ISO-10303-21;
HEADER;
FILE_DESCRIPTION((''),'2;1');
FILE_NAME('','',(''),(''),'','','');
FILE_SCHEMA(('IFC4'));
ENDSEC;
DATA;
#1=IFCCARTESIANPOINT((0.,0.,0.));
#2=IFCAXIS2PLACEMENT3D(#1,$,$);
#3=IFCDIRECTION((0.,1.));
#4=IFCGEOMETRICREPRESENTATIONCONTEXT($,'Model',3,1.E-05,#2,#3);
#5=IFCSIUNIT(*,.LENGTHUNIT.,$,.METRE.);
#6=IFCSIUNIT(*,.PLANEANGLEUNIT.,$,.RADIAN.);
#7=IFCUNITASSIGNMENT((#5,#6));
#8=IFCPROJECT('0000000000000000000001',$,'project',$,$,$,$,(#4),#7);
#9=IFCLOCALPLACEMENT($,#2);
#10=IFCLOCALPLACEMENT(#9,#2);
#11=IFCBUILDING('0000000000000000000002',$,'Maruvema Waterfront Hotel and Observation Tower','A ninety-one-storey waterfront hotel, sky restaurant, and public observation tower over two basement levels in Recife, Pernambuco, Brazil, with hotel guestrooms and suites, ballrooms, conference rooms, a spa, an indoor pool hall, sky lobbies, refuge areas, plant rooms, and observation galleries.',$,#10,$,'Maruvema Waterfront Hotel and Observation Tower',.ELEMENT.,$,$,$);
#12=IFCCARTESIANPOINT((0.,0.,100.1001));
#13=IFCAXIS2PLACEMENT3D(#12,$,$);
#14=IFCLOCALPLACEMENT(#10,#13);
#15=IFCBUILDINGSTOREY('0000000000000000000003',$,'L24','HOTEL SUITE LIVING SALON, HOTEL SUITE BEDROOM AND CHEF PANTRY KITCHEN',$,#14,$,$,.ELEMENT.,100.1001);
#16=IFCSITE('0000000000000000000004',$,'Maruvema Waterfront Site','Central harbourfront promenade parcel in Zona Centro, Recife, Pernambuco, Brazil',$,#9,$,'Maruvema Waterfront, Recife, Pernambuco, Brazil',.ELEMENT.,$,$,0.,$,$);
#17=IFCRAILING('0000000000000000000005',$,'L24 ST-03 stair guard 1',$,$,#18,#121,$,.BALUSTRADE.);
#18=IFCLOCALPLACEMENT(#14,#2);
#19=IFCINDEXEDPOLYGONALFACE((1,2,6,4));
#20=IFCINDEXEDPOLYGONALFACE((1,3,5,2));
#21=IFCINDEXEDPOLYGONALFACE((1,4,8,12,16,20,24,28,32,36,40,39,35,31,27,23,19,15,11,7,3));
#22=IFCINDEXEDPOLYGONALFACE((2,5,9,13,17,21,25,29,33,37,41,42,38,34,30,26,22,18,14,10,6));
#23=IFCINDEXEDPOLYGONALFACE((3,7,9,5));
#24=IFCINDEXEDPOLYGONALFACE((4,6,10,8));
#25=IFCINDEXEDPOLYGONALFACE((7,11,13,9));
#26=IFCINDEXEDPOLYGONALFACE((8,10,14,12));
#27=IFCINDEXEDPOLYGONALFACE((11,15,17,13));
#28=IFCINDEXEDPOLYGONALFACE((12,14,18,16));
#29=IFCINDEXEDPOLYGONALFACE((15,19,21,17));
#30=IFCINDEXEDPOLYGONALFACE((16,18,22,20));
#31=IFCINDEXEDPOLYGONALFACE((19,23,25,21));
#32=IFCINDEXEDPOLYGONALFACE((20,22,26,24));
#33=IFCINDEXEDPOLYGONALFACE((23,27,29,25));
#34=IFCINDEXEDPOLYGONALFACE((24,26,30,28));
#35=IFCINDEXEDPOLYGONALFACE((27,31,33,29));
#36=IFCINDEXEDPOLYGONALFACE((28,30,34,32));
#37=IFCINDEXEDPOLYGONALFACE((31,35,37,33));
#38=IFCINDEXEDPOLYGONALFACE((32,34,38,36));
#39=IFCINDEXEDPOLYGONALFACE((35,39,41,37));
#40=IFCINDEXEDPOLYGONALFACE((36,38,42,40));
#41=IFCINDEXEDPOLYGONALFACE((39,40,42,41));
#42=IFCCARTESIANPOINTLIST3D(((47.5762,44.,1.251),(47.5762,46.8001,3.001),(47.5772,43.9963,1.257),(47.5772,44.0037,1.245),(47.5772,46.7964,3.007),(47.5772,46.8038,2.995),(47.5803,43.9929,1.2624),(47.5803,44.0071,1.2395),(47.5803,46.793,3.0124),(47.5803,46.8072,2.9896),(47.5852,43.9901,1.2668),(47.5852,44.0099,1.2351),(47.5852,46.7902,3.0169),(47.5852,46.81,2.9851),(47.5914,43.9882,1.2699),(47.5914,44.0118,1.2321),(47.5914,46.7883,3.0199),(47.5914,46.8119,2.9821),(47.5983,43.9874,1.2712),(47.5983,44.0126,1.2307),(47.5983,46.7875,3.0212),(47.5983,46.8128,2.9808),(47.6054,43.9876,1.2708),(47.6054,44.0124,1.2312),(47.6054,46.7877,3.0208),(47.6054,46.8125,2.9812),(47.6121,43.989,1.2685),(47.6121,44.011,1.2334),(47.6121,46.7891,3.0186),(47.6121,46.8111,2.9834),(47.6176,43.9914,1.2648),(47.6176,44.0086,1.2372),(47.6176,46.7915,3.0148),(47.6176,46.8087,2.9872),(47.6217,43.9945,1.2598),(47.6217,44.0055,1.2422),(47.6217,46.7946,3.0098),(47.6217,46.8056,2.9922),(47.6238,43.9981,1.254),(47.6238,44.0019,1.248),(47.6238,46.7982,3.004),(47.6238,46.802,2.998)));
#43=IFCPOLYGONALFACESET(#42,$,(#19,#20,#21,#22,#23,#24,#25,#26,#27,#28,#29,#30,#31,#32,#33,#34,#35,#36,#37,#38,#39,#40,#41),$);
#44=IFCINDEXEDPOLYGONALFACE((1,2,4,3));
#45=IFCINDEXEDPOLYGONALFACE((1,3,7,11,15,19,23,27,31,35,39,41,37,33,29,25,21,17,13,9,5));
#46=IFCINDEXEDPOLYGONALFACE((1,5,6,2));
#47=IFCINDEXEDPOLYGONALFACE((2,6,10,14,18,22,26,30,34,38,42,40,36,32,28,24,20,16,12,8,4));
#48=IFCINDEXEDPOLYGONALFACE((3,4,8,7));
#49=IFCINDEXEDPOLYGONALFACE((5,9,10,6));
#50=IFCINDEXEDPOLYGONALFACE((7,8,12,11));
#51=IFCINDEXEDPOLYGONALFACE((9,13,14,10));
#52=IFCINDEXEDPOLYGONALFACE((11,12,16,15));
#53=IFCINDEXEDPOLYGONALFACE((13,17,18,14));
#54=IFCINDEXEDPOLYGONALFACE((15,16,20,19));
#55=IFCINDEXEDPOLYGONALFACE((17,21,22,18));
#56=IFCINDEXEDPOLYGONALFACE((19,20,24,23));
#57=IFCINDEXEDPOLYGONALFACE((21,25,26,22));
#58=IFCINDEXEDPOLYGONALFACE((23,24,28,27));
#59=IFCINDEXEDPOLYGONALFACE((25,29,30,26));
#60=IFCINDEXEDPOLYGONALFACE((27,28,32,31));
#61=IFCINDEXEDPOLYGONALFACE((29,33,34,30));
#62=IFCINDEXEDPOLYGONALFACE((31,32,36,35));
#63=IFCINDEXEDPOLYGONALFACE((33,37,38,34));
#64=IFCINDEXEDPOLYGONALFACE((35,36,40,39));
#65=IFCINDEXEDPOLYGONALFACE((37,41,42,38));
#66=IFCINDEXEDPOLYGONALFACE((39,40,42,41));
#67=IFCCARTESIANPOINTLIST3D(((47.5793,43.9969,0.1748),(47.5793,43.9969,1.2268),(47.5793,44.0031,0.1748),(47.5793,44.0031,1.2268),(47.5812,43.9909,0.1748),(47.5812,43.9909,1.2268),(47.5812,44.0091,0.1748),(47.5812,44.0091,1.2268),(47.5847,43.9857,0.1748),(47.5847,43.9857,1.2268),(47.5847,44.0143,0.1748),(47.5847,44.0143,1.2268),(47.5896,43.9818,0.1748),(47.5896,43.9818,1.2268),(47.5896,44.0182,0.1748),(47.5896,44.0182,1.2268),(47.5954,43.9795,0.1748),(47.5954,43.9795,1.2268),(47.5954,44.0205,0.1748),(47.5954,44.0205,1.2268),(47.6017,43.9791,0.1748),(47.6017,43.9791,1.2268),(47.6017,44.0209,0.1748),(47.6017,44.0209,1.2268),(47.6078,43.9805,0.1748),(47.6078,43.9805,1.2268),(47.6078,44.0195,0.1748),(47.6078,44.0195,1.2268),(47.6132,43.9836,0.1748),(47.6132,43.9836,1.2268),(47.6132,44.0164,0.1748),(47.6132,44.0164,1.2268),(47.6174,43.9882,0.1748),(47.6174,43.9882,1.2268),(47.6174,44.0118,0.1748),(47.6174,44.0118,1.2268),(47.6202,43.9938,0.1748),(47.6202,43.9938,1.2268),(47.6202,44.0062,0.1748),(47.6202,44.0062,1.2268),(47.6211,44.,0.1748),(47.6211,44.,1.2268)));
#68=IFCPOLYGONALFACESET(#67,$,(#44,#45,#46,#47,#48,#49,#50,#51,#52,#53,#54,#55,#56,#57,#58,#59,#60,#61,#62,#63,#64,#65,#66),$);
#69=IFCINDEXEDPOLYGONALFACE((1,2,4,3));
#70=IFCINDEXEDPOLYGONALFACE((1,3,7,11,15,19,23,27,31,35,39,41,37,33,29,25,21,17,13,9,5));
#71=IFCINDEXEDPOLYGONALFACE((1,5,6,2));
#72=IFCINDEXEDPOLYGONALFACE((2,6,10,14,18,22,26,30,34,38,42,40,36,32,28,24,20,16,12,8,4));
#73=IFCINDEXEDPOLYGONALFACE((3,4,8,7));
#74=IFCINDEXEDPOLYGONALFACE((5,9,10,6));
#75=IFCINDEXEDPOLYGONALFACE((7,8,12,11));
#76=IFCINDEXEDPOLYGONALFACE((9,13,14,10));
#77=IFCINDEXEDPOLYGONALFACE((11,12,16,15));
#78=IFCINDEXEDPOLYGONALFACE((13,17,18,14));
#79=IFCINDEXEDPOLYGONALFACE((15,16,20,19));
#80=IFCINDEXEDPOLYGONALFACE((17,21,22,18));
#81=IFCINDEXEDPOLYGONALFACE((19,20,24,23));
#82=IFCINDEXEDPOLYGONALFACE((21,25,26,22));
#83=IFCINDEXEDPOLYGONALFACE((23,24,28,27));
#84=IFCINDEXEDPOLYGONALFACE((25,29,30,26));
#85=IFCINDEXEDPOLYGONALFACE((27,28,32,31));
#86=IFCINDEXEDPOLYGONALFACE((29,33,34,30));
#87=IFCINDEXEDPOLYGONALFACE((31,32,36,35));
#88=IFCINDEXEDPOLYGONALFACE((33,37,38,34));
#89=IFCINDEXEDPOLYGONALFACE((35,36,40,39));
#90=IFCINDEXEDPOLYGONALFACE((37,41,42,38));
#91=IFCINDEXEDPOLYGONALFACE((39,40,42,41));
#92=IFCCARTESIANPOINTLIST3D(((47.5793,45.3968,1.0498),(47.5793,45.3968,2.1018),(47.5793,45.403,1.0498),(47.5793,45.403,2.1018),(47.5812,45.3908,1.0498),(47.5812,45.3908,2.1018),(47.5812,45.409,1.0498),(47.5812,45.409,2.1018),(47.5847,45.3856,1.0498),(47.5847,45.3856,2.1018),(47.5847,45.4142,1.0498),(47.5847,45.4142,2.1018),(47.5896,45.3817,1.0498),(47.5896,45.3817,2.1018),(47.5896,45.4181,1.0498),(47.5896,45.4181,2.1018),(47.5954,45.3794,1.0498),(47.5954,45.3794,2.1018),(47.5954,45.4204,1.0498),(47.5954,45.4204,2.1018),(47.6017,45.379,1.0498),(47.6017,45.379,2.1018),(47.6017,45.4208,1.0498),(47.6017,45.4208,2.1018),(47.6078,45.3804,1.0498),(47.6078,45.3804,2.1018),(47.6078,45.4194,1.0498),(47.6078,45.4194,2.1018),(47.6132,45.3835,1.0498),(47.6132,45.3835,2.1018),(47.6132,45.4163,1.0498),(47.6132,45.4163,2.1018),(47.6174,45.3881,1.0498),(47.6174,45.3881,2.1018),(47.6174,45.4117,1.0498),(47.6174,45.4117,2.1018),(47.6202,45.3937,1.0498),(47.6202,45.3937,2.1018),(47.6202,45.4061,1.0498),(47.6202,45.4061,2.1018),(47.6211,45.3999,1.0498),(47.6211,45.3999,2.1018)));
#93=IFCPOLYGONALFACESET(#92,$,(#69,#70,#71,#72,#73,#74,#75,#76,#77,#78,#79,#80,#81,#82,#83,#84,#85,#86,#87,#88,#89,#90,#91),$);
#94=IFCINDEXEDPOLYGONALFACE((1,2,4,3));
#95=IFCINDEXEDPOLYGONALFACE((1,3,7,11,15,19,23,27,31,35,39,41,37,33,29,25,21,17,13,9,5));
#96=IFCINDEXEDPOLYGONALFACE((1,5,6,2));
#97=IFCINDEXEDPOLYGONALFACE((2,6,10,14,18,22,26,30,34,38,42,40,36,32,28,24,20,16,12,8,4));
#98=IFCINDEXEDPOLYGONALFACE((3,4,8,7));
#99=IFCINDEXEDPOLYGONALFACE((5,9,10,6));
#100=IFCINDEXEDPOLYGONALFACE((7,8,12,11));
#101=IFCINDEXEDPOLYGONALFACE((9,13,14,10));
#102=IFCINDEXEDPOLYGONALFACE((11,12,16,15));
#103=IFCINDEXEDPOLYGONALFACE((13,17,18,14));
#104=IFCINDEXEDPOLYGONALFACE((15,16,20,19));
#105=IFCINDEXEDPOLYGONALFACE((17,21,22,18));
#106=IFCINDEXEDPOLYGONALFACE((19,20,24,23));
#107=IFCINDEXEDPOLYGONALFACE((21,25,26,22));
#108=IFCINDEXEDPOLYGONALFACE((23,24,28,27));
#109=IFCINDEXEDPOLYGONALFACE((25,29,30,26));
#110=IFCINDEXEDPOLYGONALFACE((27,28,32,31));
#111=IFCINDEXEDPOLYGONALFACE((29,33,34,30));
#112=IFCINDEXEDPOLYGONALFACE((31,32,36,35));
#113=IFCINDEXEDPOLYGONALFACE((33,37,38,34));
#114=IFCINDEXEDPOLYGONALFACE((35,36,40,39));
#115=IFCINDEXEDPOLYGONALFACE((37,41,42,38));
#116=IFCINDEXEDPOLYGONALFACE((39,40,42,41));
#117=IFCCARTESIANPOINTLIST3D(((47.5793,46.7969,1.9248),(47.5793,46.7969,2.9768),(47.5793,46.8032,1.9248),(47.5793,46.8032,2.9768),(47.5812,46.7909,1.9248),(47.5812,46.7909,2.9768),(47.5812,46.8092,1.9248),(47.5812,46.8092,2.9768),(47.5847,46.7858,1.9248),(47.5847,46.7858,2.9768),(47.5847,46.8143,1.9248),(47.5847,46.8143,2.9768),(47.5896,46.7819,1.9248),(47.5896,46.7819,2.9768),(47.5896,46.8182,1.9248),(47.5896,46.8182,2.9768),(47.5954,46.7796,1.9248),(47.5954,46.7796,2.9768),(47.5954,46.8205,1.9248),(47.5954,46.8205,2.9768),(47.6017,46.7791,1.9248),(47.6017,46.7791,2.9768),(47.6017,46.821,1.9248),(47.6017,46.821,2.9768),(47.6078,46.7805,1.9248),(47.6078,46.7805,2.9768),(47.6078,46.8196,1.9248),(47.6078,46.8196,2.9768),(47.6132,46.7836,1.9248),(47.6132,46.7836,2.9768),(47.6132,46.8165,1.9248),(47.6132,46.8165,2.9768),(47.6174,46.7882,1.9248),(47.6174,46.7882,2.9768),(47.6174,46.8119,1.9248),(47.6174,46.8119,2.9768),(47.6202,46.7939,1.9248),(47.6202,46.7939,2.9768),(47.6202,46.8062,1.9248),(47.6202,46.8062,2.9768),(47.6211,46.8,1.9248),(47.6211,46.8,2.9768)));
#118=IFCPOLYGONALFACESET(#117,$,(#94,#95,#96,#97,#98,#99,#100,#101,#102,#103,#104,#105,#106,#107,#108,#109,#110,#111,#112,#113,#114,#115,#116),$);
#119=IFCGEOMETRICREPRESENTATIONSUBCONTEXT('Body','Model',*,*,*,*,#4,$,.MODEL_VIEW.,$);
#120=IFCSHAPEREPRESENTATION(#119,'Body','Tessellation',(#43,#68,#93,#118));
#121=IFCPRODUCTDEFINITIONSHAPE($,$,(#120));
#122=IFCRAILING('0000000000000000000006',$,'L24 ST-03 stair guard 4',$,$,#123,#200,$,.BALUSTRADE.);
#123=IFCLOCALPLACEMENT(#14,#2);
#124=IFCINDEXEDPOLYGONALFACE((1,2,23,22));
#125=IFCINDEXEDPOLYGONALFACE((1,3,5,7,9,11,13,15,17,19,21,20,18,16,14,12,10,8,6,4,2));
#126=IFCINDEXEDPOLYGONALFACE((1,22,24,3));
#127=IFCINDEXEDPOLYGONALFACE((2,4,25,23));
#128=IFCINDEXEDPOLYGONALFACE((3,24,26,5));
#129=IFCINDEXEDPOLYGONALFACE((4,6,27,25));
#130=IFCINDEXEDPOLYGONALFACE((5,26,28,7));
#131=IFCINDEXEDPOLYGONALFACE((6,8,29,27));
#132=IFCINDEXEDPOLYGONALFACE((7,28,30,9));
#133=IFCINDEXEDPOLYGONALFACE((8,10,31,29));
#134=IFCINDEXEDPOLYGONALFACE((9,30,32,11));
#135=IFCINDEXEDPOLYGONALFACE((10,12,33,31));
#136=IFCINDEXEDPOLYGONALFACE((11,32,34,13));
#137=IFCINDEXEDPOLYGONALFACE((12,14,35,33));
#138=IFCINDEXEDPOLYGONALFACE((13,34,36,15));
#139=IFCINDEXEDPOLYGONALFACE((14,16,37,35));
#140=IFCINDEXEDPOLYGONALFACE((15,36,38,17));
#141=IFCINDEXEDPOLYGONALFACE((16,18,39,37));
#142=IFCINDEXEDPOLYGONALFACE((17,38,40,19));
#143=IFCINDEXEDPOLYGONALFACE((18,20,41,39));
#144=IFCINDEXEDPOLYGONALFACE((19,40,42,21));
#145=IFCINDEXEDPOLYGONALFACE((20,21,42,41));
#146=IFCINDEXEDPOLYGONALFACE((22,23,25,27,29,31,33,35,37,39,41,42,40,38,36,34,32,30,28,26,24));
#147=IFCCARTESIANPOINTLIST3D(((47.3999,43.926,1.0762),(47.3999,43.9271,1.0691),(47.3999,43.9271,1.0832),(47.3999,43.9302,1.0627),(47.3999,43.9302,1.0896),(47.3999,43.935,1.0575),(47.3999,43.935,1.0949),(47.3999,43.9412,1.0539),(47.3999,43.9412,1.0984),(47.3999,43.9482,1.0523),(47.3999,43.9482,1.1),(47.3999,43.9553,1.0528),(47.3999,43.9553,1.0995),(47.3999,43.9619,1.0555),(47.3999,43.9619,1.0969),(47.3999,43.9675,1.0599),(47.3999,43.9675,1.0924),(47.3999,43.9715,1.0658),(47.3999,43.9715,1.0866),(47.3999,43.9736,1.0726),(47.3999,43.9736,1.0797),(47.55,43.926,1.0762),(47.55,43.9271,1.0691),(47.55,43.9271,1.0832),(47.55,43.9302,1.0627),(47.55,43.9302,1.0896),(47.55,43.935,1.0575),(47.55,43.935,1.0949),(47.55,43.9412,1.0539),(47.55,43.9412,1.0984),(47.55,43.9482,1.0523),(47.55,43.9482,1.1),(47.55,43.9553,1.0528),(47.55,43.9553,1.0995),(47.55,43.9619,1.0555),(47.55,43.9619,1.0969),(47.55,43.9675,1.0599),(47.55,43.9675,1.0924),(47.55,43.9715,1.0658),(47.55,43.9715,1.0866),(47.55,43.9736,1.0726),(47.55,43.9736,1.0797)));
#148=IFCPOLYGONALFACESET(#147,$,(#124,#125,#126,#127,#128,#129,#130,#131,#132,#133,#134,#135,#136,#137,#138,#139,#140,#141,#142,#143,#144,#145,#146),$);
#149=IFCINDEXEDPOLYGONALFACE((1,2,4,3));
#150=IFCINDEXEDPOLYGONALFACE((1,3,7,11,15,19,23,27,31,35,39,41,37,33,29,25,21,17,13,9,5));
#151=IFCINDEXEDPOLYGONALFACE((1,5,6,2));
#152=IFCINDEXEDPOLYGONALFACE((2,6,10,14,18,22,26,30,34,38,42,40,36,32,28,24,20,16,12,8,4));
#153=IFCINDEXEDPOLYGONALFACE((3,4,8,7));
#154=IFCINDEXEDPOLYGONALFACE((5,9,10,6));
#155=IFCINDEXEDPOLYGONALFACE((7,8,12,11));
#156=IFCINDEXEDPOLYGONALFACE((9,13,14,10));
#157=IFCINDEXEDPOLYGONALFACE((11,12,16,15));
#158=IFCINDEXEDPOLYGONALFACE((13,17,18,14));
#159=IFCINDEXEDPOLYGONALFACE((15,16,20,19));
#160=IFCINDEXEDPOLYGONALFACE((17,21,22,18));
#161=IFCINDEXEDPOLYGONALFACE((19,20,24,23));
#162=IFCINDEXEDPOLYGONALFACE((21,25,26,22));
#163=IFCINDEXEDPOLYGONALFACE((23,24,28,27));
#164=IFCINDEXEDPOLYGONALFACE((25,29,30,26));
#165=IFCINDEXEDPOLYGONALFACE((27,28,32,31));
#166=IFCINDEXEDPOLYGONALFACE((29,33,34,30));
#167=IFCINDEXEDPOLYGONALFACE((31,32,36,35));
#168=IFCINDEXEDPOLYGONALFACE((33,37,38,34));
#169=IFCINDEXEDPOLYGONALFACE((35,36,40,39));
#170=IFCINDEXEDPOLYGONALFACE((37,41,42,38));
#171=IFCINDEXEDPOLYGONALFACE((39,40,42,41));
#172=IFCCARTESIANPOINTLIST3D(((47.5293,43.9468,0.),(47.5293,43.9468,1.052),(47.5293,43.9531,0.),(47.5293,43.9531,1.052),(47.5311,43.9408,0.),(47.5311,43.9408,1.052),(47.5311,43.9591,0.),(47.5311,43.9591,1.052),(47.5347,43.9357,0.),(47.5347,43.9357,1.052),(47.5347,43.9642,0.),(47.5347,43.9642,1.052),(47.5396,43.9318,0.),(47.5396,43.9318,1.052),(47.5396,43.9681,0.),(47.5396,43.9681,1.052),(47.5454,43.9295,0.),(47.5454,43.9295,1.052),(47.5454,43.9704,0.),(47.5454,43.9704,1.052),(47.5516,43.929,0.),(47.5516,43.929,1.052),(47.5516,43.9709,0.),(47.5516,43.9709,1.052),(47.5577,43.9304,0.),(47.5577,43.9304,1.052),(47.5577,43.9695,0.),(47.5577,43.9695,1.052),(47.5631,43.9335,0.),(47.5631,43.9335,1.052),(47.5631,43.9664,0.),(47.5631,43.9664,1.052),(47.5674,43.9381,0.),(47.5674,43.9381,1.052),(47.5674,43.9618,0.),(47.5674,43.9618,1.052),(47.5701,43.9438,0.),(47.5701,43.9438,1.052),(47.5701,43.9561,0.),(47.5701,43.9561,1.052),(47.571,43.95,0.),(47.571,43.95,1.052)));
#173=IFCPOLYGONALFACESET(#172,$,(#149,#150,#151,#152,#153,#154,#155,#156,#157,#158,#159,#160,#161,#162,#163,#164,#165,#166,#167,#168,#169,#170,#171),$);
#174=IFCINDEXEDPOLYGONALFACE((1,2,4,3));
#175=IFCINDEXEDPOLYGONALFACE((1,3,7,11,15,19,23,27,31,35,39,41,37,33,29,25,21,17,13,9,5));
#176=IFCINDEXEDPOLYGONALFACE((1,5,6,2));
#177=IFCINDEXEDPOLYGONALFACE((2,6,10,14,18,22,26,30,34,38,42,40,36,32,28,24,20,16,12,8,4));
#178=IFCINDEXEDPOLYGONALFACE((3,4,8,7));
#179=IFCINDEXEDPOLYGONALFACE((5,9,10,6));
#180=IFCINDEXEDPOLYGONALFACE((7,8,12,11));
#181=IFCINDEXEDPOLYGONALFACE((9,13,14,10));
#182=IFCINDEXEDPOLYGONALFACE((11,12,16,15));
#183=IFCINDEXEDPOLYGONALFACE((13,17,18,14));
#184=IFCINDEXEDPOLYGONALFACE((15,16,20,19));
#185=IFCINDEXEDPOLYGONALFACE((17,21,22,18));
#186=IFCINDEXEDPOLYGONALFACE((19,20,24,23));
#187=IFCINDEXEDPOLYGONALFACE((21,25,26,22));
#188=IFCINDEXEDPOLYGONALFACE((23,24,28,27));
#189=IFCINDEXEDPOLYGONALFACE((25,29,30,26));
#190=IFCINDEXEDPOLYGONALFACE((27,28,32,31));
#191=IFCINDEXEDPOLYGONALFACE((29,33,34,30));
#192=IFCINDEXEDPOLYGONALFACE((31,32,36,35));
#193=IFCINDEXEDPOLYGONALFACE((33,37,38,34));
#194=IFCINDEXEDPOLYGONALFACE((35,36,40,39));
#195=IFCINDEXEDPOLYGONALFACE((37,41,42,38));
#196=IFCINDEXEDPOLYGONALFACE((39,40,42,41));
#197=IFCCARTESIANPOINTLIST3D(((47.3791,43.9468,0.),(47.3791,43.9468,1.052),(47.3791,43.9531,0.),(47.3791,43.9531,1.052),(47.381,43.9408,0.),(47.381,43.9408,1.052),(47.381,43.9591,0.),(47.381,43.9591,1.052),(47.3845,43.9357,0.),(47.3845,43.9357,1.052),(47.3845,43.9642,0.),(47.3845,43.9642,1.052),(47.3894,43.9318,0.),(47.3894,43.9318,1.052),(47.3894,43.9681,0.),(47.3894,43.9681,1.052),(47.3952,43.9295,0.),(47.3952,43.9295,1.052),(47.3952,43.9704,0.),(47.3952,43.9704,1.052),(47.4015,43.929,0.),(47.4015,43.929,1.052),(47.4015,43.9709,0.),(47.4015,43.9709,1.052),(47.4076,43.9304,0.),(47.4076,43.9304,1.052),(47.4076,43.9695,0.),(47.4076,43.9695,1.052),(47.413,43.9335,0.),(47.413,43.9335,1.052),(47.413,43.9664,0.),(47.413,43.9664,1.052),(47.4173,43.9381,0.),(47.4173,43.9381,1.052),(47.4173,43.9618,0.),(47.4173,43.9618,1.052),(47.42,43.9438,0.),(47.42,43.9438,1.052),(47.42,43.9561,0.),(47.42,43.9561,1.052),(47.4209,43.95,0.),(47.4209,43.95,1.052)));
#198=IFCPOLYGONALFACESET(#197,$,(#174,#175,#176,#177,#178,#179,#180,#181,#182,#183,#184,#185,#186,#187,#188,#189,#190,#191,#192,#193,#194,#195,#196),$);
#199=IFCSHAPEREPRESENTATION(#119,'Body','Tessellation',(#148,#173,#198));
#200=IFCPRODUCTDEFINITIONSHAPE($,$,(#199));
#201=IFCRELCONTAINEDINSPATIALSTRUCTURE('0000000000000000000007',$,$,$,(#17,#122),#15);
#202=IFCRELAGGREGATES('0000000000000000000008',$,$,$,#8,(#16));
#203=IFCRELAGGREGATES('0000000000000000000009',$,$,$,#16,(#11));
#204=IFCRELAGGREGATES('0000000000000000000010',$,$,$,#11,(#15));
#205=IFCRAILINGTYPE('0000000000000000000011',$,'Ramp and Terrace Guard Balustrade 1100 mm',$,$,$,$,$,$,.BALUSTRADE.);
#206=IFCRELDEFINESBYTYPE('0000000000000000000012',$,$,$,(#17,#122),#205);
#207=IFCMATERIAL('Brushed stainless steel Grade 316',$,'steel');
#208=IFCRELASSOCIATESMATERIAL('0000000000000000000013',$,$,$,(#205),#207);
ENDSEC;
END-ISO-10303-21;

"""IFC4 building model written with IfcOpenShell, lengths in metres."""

from ifc_helpers import new_model, si_unit, direction, frame, origin, origin_2d, place, context, subcontext, project, spatial, circle, extrude, material, type_object, element, save


model = new_model("IFC4")

# Units and contexts
model_context = context("Model", 3, precision=1e-05, world=origin(), true_north=direction((0.0, 1.0)))
body_context = subcontext(model_context, "Body", "Model", "MODEL_VIEW")
ifc_project = project(units=[si_unit("LENGTHUNIT", "METRE"), si_unit("PLANEANGLEUNIT", "RADIAN")], contexts=[model_context])

# Site, building, storey
site_placement = place(None, origin())
site = spatial("IfcSite", under=ifc_project, at=site_placement, Name="Maruvema Waterfront Site", Description="Central harbourfront promenade parcel in Zona Centro, Recife, Pernambuco, Brazil", LongName="Maruvema Waterfront, Recife, Pernambuco, Brazil", CompositionType="ELEMENT", RefElevation=0.0)
building_placement = place(site_placement, origin())
building = spatial("IfcBuilding", under=site, at=building_placement, Name="Maruvema Waterfront Hotel and Observation Tower", Description="A ninety-one-storey waterfront hotel, sky restaurant, and public observation tower over two basement levels in Recife, Pernambuco, Brazil, with hotel guestrooms and suites, ballrooms, conference rooms, a spa, an indoor pool hall, sky lobbies, refuge areas, plant rooms, and observation galleries.", LongName="Maruvema Waterfront Hotel and Observation Tower", CompositionType="ELEMENT")
storey_placement = place(building_placement, frame((0.0, 0.0, 100.1001)))
storey = spatial("IfcBuildingStorey", under=building, at=storey_placement, Name="L24", Description="HOTEL SUITE LIVING SALON, HOTEL SUITE BEDROOM AND CHEF PANTRY KITCHEN", CompositionType="ELEMENT", Elevation=100.1001)

# Railings
ifc_material_1 = material(Name="Brushed stainless steel Grade 316", Category="steel")
railing_type_1 = type_object("IfcRailingType", Name="Ramp and Terrace Guard Balustrade 1100 mm", PredefinedType="BALUSTRADE", material=ifc_material_1)
railing_1_placement = place(storey_placement, frame((47.6001, 44.0, 0.1748)))
element("IfcRailing", 1, at=railing_1_placement, inside=storey, type_object=railing_type_1, Name="L24 ST-03 stair guard 1", PredefinedType="BALUSTRADE", context=body_context, shape_type="SweptSolid", body=[
    extrude(circle(Radius=0.0239, at=origin_2d()), frame((0.0, 0.0, 1.0762), z_axis=(0.0, 0.848002, 0.529992), x_axis=(-1.0, 0.0, 0.0)), (0.0, 0.0, 1.0), 3.302),
    extrude(circle(Radius=0.021, at=origin_2d()), origin(), (0.0, 0.0, 1.0), 1.052),
    extrude(circle(Radius=0.021, at=origin_2d()), frame((0.0, 1.3999, 0.875)), (0.0, 0.0, 1.0), 1.052),
    extrude(circle(Radius=0.021, at=origin_2d()), frame((0.0, 2.8, 1.75)), (0.0, 0.0, 1.0), 1.052),
])
railing_2_placement = place(storey_placement, frame((47.55, 43.95, 0.0)))
element("IfcRailing", 2, at=railing_2_placement, inside=storey, type_object=railing_type_1, Name="L24 ST-03 stair guard 4", PredefinedType="BALUSTRADE", context=body_context, shape_type="SweptSolid", body=[
    extrude(circle(Radius=0.0239, at=origin_2d()), frame((0.0, 0.0, 1.0762), z_axis=(-1.0, 0.0, 0.0), x_axis=(0.0, -1.0, 0.0)), (0.0, 0.0, 1.0), 0.1501),
    extrude(circle(Radius=0.021, at=origin_2d()), origin(), (0.0, 0.0, 1.0), 1.052),
    extrude(circle(Radius=0.021, at=origin_2d()), frame((-0.1501, 0.0, 0.0)), (0.0, 0.0, 1.0), 1.052),
])

save(model, "model.ifc")
